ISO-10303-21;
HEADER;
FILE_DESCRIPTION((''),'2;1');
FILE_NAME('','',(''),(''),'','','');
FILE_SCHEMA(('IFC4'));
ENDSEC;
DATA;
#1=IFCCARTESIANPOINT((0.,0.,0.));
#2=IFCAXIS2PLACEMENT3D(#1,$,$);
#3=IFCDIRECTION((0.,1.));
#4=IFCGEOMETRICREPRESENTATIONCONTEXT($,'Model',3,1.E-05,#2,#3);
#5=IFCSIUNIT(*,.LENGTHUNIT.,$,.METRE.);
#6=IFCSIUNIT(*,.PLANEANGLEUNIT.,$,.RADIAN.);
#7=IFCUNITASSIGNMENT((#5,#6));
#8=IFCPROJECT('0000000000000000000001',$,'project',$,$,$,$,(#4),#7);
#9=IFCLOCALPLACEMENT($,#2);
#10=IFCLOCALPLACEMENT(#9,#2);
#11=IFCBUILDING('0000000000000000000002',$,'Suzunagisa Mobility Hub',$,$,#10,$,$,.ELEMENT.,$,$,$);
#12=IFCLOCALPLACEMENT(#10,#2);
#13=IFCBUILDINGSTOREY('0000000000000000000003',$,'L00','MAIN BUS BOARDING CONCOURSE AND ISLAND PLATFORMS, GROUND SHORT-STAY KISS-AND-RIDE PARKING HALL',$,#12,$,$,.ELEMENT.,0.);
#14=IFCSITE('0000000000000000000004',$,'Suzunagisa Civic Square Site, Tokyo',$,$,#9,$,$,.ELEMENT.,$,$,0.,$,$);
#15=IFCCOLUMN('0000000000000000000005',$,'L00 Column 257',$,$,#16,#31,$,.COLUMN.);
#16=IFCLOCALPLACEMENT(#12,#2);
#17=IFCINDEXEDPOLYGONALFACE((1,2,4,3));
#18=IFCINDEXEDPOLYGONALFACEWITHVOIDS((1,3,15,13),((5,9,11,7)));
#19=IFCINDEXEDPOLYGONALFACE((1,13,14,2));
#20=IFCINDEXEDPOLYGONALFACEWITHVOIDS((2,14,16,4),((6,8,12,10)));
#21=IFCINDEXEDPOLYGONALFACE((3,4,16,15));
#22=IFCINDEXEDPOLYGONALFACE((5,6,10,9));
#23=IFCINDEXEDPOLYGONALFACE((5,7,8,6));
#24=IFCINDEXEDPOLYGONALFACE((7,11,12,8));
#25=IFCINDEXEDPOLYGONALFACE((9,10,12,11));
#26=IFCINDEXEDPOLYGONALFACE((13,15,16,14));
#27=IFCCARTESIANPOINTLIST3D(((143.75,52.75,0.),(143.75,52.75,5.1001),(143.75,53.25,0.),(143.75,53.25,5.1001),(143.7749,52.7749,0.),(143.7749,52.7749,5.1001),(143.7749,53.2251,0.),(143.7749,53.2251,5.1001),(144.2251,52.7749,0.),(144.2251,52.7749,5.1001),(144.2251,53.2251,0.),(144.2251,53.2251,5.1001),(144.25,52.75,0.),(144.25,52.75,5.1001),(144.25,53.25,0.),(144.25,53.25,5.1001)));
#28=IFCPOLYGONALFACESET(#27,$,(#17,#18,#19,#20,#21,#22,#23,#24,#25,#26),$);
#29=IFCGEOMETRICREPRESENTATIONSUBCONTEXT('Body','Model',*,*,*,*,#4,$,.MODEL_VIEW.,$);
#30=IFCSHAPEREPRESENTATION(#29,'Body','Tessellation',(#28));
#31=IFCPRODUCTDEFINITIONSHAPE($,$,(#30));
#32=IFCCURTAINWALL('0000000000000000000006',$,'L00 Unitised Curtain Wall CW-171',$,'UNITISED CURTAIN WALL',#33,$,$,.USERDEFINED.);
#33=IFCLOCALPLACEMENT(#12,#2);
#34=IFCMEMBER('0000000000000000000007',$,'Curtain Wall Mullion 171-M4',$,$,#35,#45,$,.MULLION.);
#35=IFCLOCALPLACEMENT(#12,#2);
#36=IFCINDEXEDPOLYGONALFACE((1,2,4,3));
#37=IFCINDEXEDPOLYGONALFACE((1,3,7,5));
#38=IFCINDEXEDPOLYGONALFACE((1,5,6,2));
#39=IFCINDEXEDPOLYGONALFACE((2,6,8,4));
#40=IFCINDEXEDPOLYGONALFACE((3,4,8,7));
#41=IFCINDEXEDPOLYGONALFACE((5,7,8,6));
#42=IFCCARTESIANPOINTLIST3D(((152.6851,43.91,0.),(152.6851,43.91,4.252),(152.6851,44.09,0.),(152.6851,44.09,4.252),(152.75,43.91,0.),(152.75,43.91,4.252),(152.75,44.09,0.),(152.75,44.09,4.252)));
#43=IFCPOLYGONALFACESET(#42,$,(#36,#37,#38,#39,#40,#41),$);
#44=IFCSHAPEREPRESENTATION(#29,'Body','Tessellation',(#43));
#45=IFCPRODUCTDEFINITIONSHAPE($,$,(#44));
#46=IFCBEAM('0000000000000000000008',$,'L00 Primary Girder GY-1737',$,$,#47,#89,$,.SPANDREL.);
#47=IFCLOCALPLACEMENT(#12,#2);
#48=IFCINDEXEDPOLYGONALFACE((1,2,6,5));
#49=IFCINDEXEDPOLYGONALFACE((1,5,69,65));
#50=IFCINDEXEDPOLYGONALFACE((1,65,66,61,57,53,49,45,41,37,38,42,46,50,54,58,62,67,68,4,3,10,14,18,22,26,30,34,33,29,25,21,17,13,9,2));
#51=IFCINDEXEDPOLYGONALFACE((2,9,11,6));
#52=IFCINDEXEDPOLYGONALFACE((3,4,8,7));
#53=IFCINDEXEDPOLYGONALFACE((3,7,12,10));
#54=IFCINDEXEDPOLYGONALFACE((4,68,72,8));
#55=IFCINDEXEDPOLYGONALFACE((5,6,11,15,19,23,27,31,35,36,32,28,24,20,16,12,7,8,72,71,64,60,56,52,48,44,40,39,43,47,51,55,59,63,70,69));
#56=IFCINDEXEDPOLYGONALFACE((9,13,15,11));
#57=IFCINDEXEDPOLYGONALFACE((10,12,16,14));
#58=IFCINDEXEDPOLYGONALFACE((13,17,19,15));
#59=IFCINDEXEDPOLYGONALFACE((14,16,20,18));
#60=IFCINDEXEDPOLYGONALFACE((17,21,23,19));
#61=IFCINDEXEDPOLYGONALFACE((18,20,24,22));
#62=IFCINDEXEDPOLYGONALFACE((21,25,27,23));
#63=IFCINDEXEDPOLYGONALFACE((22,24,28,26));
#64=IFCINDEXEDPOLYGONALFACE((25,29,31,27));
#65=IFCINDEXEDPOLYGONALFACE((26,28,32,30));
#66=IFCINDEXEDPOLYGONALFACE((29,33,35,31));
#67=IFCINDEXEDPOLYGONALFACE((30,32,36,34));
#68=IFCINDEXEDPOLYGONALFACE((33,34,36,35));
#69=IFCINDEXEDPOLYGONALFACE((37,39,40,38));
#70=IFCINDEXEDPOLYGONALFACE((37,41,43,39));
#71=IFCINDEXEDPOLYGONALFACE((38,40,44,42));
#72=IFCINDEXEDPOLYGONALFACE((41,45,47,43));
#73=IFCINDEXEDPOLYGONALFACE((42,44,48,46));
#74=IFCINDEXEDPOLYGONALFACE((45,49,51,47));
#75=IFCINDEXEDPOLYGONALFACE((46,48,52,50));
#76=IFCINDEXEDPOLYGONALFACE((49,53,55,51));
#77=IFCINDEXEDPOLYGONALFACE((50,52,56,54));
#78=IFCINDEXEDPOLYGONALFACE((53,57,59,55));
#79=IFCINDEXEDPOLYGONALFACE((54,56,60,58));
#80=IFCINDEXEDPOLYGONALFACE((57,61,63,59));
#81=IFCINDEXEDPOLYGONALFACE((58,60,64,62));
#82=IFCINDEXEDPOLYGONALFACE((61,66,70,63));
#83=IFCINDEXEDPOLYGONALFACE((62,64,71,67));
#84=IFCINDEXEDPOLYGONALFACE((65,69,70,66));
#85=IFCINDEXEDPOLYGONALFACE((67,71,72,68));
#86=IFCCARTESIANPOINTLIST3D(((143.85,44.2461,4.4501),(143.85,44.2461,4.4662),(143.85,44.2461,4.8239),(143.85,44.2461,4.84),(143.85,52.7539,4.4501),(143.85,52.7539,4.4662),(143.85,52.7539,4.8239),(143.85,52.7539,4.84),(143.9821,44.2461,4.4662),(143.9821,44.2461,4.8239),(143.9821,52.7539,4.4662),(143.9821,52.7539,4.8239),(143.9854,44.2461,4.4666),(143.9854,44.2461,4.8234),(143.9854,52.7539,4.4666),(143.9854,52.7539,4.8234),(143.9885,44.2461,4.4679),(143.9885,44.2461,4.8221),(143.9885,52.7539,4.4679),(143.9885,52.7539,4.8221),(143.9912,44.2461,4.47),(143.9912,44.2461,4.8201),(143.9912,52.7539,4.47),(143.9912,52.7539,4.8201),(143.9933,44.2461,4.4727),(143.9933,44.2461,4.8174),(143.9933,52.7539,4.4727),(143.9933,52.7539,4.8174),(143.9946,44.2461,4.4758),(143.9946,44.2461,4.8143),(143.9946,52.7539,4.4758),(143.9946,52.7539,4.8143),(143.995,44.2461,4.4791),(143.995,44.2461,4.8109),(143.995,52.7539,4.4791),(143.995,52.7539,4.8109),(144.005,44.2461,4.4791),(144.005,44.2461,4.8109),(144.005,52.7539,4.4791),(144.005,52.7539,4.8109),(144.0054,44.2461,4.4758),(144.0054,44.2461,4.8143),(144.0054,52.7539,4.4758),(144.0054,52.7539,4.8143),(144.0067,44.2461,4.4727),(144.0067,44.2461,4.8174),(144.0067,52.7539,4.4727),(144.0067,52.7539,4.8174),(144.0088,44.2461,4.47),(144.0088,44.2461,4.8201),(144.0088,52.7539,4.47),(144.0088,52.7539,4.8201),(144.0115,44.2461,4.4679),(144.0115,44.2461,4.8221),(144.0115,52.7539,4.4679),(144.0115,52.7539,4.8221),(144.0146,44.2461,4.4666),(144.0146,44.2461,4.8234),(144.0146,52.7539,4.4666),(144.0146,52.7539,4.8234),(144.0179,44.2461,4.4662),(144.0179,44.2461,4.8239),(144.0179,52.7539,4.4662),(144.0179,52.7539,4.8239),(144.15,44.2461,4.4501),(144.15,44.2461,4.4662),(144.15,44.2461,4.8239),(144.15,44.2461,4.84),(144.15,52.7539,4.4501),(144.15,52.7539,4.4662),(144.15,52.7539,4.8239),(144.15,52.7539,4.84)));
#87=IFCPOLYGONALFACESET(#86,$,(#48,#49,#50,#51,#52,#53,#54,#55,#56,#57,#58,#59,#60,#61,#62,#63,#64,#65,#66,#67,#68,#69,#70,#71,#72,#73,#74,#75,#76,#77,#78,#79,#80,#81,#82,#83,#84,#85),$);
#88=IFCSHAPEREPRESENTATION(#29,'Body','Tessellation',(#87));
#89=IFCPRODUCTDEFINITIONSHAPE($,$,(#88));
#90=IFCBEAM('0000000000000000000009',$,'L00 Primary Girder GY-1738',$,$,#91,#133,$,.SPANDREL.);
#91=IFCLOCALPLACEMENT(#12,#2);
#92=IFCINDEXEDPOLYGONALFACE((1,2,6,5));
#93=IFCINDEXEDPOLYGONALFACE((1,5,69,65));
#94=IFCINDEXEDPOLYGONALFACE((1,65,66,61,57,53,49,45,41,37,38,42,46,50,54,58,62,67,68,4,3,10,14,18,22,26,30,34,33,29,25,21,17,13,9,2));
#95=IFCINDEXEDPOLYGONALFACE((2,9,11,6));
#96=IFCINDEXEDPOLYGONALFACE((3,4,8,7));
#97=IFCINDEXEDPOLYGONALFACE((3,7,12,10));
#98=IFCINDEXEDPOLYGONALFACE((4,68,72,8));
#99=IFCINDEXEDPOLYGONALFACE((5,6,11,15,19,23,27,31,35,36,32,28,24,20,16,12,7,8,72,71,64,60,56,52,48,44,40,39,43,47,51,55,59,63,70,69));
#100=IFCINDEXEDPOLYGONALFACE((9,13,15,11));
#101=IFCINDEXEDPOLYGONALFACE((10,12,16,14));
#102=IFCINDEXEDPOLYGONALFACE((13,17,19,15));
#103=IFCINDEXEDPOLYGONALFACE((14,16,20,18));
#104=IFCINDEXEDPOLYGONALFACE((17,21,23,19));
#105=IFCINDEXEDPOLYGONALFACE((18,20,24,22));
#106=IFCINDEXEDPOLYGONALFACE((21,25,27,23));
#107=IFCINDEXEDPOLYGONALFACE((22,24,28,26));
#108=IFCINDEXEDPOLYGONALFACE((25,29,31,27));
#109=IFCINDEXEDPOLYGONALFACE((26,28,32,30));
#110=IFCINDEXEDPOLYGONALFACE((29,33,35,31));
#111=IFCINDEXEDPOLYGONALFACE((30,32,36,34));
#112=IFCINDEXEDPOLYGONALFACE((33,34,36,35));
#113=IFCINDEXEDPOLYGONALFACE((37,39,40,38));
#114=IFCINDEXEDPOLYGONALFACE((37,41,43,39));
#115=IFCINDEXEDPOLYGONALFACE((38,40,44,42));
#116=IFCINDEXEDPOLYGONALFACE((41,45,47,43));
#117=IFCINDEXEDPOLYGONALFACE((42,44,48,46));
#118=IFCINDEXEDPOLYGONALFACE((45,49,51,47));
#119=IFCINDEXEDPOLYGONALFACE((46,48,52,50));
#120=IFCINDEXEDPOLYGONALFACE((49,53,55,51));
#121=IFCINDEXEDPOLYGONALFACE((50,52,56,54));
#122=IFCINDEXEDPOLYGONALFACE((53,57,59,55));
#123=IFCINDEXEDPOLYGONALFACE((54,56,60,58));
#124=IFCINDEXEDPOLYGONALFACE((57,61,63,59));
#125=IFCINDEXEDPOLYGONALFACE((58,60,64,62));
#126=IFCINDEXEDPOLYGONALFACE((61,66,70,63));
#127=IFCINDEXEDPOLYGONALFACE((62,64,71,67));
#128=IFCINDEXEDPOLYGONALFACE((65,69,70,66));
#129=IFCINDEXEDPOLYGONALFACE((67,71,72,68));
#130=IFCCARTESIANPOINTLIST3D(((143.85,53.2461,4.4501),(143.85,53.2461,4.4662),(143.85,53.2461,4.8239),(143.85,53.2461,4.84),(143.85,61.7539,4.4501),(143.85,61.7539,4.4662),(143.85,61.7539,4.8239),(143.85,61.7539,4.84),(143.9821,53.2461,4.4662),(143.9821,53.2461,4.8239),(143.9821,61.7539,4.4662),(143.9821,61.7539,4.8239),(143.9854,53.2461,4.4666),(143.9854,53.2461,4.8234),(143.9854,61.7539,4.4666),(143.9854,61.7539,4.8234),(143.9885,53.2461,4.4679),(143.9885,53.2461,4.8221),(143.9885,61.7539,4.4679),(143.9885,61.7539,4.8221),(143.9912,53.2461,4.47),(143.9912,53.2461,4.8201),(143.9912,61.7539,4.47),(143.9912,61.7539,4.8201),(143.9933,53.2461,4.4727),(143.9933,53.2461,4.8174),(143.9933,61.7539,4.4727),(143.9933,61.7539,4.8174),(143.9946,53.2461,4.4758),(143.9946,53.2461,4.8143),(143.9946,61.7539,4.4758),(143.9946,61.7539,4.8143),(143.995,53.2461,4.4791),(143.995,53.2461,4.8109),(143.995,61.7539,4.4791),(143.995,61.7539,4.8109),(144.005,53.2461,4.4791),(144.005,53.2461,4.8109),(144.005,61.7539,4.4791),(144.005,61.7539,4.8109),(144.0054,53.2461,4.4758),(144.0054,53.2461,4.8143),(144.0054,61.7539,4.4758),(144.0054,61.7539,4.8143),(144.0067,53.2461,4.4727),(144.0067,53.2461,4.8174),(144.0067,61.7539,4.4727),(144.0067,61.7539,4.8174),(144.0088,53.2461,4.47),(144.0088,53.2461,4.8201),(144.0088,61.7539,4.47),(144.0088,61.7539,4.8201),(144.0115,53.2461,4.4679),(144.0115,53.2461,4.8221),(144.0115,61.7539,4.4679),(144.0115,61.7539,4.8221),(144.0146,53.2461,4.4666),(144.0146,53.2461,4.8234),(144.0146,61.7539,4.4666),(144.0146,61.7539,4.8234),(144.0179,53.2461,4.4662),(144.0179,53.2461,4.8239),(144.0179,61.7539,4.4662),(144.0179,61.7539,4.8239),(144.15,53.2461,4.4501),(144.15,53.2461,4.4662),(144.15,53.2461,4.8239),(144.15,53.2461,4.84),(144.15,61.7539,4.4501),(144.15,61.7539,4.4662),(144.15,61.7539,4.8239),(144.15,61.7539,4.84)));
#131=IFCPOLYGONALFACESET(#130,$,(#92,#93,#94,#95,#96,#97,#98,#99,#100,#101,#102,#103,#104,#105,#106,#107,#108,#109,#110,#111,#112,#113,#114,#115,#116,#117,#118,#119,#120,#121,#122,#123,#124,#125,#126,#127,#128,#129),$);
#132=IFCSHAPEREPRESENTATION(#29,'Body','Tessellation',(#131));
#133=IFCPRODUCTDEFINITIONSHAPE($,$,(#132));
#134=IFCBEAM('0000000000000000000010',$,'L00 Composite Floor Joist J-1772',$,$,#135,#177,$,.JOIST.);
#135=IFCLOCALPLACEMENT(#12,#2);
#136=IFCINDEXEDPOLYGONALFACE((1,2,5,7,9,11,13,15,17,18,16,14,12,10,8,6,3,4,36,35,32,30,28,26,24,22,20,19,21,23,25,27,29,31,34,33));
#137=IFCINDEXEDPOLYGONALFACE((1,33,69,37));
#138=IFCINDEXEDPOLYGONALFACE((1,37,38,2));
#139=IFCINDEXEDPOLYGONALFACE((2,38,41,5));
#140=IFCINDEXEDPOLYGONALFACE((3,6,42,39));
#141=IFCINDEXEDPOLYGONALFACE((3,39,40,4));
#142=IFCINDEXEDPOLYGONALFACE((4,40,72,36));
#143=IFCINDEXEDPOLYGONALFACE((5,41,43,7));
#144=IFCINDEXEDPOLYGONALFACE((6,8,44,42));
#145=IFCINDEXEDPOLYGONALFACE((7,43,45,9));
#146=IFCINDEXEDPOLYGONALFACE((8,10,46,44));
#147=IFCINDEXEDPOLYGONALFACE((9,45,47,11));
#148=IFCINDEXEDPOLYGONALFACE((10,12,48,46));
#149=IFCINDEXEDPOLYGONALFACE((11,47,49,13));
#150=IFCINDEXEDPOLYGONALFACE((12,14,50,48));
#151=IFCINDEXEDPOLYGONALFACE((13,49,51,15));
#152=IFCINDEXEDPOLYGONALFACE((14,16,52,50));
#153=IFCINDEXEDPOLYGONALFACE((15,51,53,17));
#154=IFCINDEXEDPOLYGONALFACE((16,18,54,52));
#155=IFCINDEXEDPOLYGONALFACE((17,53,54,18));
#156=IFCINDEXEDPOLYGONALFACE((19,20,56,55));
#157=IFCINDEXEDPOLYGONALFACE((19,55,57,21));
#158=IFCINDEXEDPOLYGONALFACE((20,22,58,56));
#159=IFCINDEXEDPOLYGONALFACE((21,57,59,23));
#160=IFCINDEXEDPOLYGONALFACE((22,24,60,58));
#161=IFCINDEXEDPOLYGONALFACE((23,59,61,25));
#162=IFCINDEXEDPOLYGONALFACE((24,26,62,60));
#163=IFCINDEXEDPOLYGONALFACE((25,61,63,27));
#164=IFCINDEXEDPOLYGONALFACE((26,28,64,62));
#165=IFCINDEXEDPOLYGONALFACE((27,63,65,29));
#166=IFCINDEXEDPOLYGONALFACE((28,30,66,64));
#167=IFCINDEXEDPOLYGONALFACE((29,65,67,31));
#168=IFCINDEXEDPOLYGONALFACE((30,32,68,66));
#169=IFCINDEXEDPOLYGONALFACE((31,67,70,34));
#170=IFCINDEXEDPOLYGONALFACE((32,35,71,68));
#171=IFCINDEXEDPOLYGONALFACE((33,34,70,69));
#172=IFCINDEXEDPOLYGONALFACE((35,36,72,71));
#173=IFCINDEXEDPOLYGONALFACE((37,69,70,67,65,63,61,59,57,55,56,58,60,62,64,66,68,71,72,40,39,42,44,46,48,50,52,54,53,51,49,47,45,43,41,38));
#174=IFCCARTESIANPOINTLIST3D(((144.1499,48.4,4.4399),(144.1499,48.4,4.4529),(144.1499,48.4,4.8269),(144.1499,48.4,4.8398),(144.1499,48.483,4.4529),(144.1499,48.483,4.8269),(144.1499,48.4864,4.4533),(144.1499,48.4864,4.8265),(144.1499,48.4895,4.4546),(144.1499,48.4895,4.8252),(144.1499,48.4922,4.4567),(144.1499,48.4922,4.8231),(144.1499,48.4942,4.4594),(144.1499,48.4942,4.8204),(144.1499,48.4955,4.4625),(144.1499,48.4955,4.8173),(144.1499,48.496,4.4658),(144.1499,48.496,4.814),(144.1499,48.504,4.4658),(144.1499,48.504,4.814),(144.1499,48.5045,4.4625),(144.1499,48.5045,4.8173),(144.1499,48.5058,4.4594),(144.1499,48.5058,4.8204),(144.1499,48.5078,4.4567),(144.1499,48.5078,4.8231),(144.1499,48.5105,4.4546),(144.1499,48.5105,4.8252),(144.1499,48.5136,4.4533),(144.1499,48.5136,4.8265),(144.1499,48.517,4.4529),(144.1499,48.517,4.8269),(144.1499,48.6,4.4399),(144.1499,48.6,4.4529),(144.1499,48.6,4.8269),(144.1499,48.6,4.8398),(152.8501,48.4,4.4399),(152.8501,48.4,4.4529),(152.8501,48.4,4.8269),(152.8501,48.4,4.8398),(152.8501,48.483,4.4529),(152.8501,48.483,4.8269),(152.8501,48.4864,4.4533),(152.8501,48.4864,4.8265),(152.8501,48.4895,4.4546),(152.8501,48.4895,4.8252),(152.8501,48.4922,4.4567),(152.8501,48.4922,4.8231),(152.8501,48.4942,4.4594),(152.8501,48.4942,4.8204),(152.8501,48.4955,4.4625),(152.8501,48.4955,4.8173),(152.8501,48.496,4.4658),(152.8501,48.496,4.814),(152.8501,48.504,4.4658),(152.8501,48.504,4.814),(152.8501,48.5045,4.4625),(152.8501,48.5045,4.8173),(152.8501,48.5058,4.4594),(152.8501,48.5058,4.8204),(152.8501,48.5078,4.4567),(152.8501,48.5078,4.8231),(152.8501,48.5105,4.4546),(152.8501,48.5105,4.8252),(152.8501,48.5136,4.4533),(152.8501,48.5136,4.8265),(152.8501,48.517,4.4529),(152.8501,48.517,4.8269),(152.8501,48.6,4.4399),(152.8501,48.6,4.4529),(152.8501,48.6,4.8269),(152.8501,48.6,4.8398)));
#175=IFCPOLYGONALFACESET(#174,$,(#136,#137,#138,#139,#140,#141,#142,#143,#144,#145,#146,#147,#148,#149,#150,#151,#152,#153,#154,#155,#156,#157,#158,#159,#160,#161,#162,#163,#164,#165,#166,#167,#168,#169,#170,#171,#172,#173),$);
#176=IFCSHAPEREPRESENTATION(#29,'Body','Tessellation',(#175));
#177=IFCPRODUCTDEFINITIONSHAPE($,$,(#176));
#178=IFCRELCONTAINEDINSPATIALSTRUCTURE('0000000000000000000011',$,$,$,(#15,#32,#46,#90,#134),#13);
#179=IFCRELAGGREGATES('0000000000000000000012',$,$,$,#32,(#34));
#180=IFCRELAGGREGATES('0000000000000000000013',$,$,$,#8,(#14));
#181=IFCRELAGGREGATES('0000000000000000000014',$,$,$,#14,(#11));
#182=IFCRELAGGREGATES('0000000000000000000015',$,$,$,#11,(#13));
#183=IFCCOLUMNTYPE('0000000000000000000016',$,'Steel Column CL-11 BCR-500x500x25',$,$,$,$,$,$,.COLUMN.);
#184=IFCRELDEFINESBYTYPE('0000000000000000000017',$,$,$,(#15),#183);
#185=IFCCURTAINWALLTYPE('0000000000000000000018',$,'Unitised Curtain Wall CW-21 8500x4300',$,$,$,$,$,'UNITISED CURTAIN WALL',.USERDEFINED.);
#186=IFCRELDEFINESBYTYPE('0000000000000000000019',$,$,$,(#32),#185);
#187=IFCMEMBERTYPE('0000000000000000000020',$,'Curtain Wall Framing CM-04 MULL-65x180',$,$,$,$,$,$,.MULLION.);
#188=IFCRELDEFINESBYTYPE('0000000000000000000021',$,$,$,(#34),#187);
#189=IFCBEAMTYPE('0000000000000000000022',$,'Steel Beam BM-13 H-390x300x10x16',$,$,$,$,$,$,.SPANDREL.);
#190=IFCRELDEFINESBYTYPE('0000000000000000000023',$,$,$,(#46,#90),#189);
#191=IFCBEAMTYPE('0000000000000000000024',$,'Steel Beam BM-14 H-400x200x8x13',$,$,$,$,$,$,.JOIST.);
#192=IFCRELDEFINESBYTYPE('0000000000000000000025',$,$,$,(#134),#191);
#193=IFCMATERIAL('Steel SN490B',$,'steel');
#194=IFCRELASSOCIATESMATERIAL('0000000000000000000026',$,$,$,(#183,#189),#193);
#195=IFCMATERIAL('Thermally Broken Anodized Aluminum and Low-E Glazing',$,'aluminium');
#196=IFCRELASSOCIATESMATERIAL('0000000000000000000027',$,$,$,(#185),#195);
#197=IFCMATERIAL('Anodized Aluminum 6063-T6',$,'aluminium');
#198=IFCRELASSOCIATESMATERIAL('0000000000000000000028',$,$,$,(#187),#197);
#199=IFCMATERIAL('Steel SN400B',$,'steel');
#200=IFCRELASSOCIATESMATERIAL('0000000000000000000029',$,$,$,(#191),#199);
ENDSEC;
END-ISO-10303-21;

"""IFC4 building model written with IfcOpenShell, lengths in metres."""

from ifc_helpers import new_model, si_unit, direction, frame, origin, origin_2d, place, context, subcontext, project, spatial, rectangle, hollow_rectangle, i_section, extrude, material, material_profile, profile_set, type_object, element, aggregate, save


model = new_model("IFC4")

# Units and contexts
model_context = context("Model", 3, precision=1e-05, world=origin(), true_north=direction((0.0, 1.0)))
body_context = subcontext(model_context, "Body", "Model", "MODEL_VIEW")
ifc_project = project(units=[si_unit("LENGTHUNIT", "METRE"), si_unit("PLANEANGLEUNIT", "RADIAN")], contexts=[model_context])

# Site, building, storey
site_placement = place(None, origin())
site = spatial("IfcSite", under=ifc_project, at=site_placement, Name="Suzunagisa Civic Square Site, Tokyo", CompositionType="ELEMENT", RefElevation=0.0)
building_placement = place(site_placement, origin())
building = spatial("IfcBuilding", under=site, at=building_placement, Name="Suzunagisa Mobility Hub", CompositionType="ELEMENT")
storey_placement = place(building_placement, origin())
storey = spatial("IfcBuildingStorey", under=building, at=storey_placement, Name="L00", Description="MAIN BUS BOARDING CONCOURSE AND ISLAND PLATFORMS, GROUND SHORT-STAY KISS-AND-RIDE PARKING HALL", CompositionType="ELEMENT", Elevation=0.0)

# Column
ifc_material_1 = material(Name="Steel SN490B", Category="steel")
ifc_material_profile_1 = material_profile(ifc_material_1, hollow_rectangle(XDim=0.5, YDim=0.5, WallThickness=0.0249, at=origin_2d()), Name="BCR-500x500x25")
ifc_profile_set_1 = profile_set([ifc_material_profile_1], Name="Steel SN490B")
column_type = type_object("IfcColumnType", Name="Steel Column CL-11 BCR-500x500x25", PredefinedType="COLUMN", material=ifc_profile_set_1)
column_placement = place(storey_placement, frame((144.0, 53.0, 0.0), z_axis=(0.0, 0.0, 1.0), x_axis=(1.0, 0.0, 0.0)))
element("IfcColumn", 1, at=column_placement, inside=storey, type_object=column_type, Name="L00 Column 257", PredefinedType="COLUMN", context=body_context, shape_type="SweptSolid", body=[
    extrude(hollow_rectangle(XDim=0.5, YDim=0.5, WallThickness=0.0249, at=origin_2d()), origin(), (0.0, 0.0, 1.0), 5.1001),
])

# Curtain wall, member
ifc_material_2 = material(Name="Thermally Broken Anodized Aluminum and Low-E Glazing", Category="aluminium")
curtain_wall_type = type_object("IfcCurtainWallType", Name="Unitised Curtain Wall CW-21 8500x4300", ElementType="UNITISED CURTAIN WALL", PredefinedType="USERDEFINED", material=ifc_material_2)
curtain_wall_placement = place(storey_placement, origin())
curtain_wall = element("IfcCurtainWall", 2, at=curtain_wall_placement, inside=storey, type_object=curtain_wall_type, Name="L00 Unitised Curtain Wall CW-171", ObjectType="UNITISED CURTAIN WALL", PredefinedType="USERDEFINED")
ifc_material_3 = material(Name="Anodized Aluminum 6063-T6", Category="aluminium")
ifc_material_profile_2 = material_profile(ifc_material_3, rectangle(XDim=0.0649, YDim=0.1799, at=origin_2d()), Name="MULL-65x180")
ifc_profile_set_2 = profile_set([ifc_material_profile_2], Name="Anodized Aluminum 6063-T6")
member_type = type_object("IfcMemberType", Name="Curtain Wall Framing CM-04 MULL-65x180", PredefinedType="MULLION", material=ifc_profile_set_2)
member_placement = place(storey_placement, frame((152.7175, 44.0, 0.0), z_axis=(0.0, 0.0, 1.0), x_axis=(1.0, 0.0, 0.0)))
member = element("IfcMember", 3, at=member_placement, type_object=member_type, Name="Curtain Wall Mullion 171-M4", PredefinedType="MULLION", context=body_context, shape_type="SweptSolid", body=[
    extrude(rectangle(XDim=0.0649, YDim=0.1799, at=origin_2d()), origin(), (0.0, 0.0, 1.0), 4.252),
])

# Beams
ifc_material_profile_3 = material_profile(ifc_material_1, i_section(OverallWidth=0.3, OverallDepth=0.3899, WebThickness=0.01, FlangeThickness=0.0161, FilletRadius=0.0129, at=origin_2d()), Name="H-390x300x10x16")
ifc_profile_set_3 = profile_set([ifc_material_profile_3], Name="Steel SN490B")
beam_type_1 = type_object("IfcBeamType", Name="Steel Beam BM-13 H-390x300x10x16", PredefinedType="SPANDREL", material=ifc_profile_set_3)
for number, where, z_axis, x_axis, name in (
    (4, (144.0, 44.2461, 4.645), (0.0, 1.0, 0.0), (-1.0, 0.0, 0.0), "L00 Primary Girder GY-1737"),
    (5, (144.0, 53.2461, 4.645), (0.0, 1.0, 0.0), (-1.0, 0.0, 0.0), "L00 Primary Girder GY-1738"),
):
    element("IfcBeam", number, at=place(storey_placement, frame(where, z_axis=z_axis, x_axis=x_axis)), inside=storey, type_object=beam_type_1, Name=name, PredefinedType="SPANDREL", context=body_context, shape_type="SweptSolid", body=[
        extrude(i_section(OverallWidth=0.3, OverallDepth=0.3899, WebThickness=0.01, FlangeThickness=0.0161, FilletRadius=0.0129, at=origin_2d()), origin(), (0.0, 0.0, 1.0), 8.5078),
    ])
ifc_material_4 = material(Name="Steel SN400B", Category="steel")
ifc_material_profile_4 = material_profile(ifc_material_4, i_section(OverallWidth=0.2, OverallDepth=0.3999, WebThickness=0.0081, FlangeThickness=0.0129, FilletRadius=0.0129, at=origin_2d()), Name="H-400x200x8x13")
ifc_profile_set_4 = profile_set([ifc_material_profile_4], Name="Steel SN400B")
beam_type_2 = type_object("IfcBeamType", Name="Steel Beam BM-14 H-400x200x8x13", PredefinedType="JOIST", material=ifc_profile_set_4)
beam_1_placement = place(storey_placement, frame((144.1499, 48.5, 4.6399), z_axis=(1.0, 0.0, 0.0), x_axis=(0.0, 1.0, 0.0)))
element("IfcBeam", 6, at=beam_1_placement, inside=storey, type_object=beam_type_2, Name="L00 Composite Floor Joist J-1772", PredefinedType="JOIST", context=body_context, shape_type="SweptSolid", body=[
    extrude(i_section(OverallWidth=0.2, OverallDepth=0.3999, WebThickness=0.0081, FlangeThickness=0.0129, FilletRadius=0.0129, at=origin_2d()), origin(), (0.0, 0.0, 1.0), 8.7002),
])

aggregate(curtain_wall, [member])

save(model, "model.ifc")
